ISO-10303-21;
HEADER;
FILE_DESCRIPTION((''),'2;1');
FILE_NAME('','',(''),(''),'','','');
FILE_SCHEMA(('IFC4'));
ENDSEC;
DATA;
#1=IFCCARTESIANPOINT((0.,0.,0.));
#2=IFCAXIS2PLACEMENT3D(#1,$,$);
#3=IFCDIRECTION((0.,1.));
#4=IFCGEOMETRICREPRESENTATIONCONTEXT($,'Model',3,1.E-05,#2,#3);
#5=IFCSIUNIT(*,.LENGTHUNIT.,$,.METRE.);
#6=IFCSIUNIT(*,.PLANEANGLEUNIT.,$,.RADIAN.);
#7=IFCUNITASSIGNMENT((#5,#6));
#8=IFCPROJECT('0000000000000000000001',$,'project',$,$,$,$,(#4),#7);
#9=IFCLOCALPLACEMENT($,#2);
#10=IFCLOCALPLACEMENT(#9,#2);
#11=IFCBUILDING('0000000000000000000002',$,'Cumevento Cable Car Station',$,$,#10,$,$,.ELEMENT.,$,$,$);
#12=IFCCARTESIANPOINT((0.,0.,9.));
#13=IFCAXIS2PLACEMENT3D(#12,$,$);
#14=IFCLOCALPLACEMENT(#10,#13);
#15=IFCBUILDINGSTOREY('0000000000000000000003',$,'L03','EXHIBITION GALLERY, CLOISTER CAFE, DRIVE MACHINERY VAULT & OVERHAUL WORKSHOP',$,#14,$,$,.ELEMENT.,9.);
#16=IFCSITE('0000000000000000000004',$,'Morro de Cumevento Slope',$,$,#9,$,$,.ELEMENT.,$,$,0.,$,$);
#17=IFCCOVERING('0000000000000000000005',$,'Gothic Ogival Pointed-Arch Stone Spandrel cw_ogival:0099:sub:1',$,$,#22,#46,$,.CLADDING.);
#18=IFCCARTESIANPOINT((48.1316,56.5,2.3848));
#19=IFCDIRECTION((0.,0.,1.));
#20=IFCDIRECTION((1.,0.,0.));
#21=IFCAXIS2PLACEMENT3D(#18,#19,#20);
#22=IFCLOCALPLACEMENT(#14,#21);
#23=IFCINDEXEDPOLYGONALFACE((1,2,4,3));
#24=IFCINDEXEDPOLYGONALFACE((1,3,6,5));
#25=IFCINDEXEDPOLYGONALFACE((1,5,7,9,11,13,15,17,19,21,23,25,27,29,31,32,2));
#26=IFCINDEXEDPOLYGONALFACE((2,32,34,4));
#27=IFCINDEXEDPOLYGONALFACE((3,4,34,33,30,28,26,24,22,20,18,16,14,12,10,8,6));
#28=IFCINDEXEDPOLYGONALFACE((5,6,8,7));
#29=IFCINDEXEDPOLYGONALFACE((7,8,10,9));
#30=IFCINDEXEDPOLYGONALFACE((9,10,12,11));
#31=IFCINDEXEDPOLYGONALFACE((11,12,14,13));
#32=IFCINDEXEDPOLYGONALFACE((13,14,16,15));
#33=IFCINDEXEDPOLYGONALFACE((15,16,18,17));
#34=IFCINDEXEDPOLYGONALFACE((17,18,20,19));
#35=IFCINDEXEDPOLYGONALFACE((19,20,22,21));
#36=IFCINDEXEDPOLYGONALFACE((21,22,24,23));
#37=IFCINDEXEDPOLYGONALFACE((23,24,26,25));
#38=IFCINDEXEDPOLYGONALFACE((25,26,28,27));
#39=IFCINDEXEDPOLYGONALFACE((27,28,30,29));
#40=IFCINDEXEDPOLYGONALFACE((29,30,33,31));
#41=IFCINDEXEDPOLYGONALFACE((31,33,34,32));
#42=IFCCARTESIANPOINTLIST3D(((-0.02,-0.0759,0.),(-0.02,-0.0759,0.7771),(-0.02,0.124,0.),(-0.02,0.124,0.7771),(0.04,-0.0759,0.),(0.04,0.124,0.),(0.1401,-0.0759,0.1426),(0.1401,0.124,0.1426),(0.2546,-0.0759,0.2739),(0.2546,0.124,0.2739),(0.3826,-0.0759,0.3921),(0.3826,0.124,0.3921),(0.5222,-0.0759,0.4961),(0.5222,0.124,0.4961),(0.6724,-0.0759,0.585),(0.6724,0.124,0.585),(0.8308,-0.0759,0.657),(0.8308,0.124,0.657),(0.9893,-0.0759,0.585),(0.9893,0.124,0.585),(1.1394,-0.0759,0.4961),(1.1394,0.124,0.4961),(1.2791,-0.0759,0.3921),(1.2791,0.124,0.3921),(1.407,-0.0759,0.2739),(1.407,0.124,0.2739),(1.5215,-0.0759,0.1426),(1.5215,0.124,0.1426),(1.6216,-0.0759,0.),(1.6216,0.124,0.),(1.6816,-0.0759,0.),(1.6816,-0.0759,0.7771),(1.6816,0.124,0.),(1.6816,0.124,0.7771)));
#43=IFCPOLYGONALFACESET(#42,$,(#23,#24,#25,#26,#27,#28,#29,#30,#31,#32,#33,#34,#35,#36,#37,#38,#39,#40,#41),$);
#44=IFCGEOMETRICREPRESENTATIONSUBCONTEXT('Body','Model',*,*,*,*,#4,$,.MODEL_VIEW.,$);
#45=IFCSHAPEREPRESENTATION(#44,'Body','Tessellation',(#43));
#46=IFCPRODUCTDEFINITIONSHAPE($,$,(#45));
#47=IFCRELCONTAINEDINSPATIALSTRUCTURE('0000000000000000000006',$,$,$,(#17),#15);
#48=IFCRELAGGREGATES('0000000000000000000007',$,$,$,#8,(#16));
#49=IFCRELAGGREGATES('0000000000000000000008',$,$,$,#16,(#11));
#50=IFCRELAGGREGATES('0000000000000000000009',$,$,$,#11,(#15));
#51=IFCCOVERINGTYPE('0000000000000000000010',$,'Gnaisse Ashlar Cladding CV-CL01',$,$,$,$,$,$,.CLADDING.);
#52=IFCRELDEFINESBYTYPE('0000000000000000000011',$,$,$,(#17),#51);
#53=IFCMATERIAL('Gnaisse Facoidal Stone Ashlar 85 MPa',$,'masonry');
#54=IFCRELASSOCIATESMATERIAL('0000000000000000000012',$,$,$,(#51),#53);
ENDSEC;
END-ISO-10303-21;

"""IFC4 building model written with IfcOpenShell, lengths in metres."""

from ifc_helpers import new_model, si_unit, direction, frame, origin, place, context, subcontext, project, spatial, polyline, outline, extrude, material, type_object, element, save


model = new_model("IFC4")

# Units and contexts
model_context = context("Model", 3, precision=1e-05, world=origin(), true_north=direction((0.0, 1.0)))
body_context = subcontext(model_context, "Body", "Model", "MODEL_VIEW")
ifc_project = project(units=[si_unit("LENGTHUNIT", "METRE"), si_unit("PLANEANGLEUNIT", "RADIAN")], contexts=[model_context])

# Site, building, storey
site_placement = place(None, origin())
site = spatial("IfcSite", under=ifc_project, at=site_placement, Name="Morro de Cumevento Slope", CompositionType="ELEMENT", RefElevation=0.0)
building_placement = place(site_placement, origin())
building = spatial("IfcBuilding", under=site, at=building_placement, Name="Cumevento Cable Car Station", CompositionType="ELEMENT")
storey_placement = place(building_placement, frame((0.0, 0.0, 9.0)))
storey = spatial("IfcBuildingStorey", under=building, at=storey_placement, Name="L03", Description="EXHIBITION GALLERY, CLOISTER CAFE, DRIVE MACHINERY VAULT & OVERHAUL WORKSHOP", CompositionType="ELEMENT", Elevation=9.0)

# Covering
ifc_material_1 = material(Name="Gnaisse Facoidal Stone Ashlar 85 MPa", Category="masonry")
covering_type = type_object("IfcCoveringType", Name="Gnaisse Ashlar Cladding CV-CL01", PredefinedType="CLADDING", material=ifc_material_1)
covering_1_placement = place(storey_placement, frame((48.1316, 56.5, 2.3848), z_axis=(0.0, 0.0, 1.0), x_axis=(1.0, 0.0, 0.0)))
element("IfcCovering", 1, at=covering_1_placement, inside=storey, type_object=covering_type, Name="Gothic Ogival Pointed-Arch Stone Spandrel cw_ogival:0099:sub:1", PredefinedType="CLADDING", context=body_context, shape_type="SweptSolid", body=[
    extrude(outline(polyline([(-0.02, 0.0), (-0.02, 0.7771), (1.6816, 0.7771), (1.6816, 0.0), (1.6216, 0.0), (1.5215, 0.1426), (1.407, 0.2739), (1.2791, 0.3921), (1.1394, 0.4961), (0.9893, 0.585), (0.8308, 0.657), (0.6724, 0.585), (0.5222, 0.4961), (0.3826, 0.3921), (0.2546, 0.2739), (0.1401, 0.1426), (0.04, 0.0), (-0.02, 0.0)])), frame((0.0, 0.124, 0.0), z_axis=(0.0, -1.0, 0.0), x_axis=(1.0, 0.0, 0.0)), (0.0, 0.0, 1.0), 0.2),
])

save(model, "model.ifc")
